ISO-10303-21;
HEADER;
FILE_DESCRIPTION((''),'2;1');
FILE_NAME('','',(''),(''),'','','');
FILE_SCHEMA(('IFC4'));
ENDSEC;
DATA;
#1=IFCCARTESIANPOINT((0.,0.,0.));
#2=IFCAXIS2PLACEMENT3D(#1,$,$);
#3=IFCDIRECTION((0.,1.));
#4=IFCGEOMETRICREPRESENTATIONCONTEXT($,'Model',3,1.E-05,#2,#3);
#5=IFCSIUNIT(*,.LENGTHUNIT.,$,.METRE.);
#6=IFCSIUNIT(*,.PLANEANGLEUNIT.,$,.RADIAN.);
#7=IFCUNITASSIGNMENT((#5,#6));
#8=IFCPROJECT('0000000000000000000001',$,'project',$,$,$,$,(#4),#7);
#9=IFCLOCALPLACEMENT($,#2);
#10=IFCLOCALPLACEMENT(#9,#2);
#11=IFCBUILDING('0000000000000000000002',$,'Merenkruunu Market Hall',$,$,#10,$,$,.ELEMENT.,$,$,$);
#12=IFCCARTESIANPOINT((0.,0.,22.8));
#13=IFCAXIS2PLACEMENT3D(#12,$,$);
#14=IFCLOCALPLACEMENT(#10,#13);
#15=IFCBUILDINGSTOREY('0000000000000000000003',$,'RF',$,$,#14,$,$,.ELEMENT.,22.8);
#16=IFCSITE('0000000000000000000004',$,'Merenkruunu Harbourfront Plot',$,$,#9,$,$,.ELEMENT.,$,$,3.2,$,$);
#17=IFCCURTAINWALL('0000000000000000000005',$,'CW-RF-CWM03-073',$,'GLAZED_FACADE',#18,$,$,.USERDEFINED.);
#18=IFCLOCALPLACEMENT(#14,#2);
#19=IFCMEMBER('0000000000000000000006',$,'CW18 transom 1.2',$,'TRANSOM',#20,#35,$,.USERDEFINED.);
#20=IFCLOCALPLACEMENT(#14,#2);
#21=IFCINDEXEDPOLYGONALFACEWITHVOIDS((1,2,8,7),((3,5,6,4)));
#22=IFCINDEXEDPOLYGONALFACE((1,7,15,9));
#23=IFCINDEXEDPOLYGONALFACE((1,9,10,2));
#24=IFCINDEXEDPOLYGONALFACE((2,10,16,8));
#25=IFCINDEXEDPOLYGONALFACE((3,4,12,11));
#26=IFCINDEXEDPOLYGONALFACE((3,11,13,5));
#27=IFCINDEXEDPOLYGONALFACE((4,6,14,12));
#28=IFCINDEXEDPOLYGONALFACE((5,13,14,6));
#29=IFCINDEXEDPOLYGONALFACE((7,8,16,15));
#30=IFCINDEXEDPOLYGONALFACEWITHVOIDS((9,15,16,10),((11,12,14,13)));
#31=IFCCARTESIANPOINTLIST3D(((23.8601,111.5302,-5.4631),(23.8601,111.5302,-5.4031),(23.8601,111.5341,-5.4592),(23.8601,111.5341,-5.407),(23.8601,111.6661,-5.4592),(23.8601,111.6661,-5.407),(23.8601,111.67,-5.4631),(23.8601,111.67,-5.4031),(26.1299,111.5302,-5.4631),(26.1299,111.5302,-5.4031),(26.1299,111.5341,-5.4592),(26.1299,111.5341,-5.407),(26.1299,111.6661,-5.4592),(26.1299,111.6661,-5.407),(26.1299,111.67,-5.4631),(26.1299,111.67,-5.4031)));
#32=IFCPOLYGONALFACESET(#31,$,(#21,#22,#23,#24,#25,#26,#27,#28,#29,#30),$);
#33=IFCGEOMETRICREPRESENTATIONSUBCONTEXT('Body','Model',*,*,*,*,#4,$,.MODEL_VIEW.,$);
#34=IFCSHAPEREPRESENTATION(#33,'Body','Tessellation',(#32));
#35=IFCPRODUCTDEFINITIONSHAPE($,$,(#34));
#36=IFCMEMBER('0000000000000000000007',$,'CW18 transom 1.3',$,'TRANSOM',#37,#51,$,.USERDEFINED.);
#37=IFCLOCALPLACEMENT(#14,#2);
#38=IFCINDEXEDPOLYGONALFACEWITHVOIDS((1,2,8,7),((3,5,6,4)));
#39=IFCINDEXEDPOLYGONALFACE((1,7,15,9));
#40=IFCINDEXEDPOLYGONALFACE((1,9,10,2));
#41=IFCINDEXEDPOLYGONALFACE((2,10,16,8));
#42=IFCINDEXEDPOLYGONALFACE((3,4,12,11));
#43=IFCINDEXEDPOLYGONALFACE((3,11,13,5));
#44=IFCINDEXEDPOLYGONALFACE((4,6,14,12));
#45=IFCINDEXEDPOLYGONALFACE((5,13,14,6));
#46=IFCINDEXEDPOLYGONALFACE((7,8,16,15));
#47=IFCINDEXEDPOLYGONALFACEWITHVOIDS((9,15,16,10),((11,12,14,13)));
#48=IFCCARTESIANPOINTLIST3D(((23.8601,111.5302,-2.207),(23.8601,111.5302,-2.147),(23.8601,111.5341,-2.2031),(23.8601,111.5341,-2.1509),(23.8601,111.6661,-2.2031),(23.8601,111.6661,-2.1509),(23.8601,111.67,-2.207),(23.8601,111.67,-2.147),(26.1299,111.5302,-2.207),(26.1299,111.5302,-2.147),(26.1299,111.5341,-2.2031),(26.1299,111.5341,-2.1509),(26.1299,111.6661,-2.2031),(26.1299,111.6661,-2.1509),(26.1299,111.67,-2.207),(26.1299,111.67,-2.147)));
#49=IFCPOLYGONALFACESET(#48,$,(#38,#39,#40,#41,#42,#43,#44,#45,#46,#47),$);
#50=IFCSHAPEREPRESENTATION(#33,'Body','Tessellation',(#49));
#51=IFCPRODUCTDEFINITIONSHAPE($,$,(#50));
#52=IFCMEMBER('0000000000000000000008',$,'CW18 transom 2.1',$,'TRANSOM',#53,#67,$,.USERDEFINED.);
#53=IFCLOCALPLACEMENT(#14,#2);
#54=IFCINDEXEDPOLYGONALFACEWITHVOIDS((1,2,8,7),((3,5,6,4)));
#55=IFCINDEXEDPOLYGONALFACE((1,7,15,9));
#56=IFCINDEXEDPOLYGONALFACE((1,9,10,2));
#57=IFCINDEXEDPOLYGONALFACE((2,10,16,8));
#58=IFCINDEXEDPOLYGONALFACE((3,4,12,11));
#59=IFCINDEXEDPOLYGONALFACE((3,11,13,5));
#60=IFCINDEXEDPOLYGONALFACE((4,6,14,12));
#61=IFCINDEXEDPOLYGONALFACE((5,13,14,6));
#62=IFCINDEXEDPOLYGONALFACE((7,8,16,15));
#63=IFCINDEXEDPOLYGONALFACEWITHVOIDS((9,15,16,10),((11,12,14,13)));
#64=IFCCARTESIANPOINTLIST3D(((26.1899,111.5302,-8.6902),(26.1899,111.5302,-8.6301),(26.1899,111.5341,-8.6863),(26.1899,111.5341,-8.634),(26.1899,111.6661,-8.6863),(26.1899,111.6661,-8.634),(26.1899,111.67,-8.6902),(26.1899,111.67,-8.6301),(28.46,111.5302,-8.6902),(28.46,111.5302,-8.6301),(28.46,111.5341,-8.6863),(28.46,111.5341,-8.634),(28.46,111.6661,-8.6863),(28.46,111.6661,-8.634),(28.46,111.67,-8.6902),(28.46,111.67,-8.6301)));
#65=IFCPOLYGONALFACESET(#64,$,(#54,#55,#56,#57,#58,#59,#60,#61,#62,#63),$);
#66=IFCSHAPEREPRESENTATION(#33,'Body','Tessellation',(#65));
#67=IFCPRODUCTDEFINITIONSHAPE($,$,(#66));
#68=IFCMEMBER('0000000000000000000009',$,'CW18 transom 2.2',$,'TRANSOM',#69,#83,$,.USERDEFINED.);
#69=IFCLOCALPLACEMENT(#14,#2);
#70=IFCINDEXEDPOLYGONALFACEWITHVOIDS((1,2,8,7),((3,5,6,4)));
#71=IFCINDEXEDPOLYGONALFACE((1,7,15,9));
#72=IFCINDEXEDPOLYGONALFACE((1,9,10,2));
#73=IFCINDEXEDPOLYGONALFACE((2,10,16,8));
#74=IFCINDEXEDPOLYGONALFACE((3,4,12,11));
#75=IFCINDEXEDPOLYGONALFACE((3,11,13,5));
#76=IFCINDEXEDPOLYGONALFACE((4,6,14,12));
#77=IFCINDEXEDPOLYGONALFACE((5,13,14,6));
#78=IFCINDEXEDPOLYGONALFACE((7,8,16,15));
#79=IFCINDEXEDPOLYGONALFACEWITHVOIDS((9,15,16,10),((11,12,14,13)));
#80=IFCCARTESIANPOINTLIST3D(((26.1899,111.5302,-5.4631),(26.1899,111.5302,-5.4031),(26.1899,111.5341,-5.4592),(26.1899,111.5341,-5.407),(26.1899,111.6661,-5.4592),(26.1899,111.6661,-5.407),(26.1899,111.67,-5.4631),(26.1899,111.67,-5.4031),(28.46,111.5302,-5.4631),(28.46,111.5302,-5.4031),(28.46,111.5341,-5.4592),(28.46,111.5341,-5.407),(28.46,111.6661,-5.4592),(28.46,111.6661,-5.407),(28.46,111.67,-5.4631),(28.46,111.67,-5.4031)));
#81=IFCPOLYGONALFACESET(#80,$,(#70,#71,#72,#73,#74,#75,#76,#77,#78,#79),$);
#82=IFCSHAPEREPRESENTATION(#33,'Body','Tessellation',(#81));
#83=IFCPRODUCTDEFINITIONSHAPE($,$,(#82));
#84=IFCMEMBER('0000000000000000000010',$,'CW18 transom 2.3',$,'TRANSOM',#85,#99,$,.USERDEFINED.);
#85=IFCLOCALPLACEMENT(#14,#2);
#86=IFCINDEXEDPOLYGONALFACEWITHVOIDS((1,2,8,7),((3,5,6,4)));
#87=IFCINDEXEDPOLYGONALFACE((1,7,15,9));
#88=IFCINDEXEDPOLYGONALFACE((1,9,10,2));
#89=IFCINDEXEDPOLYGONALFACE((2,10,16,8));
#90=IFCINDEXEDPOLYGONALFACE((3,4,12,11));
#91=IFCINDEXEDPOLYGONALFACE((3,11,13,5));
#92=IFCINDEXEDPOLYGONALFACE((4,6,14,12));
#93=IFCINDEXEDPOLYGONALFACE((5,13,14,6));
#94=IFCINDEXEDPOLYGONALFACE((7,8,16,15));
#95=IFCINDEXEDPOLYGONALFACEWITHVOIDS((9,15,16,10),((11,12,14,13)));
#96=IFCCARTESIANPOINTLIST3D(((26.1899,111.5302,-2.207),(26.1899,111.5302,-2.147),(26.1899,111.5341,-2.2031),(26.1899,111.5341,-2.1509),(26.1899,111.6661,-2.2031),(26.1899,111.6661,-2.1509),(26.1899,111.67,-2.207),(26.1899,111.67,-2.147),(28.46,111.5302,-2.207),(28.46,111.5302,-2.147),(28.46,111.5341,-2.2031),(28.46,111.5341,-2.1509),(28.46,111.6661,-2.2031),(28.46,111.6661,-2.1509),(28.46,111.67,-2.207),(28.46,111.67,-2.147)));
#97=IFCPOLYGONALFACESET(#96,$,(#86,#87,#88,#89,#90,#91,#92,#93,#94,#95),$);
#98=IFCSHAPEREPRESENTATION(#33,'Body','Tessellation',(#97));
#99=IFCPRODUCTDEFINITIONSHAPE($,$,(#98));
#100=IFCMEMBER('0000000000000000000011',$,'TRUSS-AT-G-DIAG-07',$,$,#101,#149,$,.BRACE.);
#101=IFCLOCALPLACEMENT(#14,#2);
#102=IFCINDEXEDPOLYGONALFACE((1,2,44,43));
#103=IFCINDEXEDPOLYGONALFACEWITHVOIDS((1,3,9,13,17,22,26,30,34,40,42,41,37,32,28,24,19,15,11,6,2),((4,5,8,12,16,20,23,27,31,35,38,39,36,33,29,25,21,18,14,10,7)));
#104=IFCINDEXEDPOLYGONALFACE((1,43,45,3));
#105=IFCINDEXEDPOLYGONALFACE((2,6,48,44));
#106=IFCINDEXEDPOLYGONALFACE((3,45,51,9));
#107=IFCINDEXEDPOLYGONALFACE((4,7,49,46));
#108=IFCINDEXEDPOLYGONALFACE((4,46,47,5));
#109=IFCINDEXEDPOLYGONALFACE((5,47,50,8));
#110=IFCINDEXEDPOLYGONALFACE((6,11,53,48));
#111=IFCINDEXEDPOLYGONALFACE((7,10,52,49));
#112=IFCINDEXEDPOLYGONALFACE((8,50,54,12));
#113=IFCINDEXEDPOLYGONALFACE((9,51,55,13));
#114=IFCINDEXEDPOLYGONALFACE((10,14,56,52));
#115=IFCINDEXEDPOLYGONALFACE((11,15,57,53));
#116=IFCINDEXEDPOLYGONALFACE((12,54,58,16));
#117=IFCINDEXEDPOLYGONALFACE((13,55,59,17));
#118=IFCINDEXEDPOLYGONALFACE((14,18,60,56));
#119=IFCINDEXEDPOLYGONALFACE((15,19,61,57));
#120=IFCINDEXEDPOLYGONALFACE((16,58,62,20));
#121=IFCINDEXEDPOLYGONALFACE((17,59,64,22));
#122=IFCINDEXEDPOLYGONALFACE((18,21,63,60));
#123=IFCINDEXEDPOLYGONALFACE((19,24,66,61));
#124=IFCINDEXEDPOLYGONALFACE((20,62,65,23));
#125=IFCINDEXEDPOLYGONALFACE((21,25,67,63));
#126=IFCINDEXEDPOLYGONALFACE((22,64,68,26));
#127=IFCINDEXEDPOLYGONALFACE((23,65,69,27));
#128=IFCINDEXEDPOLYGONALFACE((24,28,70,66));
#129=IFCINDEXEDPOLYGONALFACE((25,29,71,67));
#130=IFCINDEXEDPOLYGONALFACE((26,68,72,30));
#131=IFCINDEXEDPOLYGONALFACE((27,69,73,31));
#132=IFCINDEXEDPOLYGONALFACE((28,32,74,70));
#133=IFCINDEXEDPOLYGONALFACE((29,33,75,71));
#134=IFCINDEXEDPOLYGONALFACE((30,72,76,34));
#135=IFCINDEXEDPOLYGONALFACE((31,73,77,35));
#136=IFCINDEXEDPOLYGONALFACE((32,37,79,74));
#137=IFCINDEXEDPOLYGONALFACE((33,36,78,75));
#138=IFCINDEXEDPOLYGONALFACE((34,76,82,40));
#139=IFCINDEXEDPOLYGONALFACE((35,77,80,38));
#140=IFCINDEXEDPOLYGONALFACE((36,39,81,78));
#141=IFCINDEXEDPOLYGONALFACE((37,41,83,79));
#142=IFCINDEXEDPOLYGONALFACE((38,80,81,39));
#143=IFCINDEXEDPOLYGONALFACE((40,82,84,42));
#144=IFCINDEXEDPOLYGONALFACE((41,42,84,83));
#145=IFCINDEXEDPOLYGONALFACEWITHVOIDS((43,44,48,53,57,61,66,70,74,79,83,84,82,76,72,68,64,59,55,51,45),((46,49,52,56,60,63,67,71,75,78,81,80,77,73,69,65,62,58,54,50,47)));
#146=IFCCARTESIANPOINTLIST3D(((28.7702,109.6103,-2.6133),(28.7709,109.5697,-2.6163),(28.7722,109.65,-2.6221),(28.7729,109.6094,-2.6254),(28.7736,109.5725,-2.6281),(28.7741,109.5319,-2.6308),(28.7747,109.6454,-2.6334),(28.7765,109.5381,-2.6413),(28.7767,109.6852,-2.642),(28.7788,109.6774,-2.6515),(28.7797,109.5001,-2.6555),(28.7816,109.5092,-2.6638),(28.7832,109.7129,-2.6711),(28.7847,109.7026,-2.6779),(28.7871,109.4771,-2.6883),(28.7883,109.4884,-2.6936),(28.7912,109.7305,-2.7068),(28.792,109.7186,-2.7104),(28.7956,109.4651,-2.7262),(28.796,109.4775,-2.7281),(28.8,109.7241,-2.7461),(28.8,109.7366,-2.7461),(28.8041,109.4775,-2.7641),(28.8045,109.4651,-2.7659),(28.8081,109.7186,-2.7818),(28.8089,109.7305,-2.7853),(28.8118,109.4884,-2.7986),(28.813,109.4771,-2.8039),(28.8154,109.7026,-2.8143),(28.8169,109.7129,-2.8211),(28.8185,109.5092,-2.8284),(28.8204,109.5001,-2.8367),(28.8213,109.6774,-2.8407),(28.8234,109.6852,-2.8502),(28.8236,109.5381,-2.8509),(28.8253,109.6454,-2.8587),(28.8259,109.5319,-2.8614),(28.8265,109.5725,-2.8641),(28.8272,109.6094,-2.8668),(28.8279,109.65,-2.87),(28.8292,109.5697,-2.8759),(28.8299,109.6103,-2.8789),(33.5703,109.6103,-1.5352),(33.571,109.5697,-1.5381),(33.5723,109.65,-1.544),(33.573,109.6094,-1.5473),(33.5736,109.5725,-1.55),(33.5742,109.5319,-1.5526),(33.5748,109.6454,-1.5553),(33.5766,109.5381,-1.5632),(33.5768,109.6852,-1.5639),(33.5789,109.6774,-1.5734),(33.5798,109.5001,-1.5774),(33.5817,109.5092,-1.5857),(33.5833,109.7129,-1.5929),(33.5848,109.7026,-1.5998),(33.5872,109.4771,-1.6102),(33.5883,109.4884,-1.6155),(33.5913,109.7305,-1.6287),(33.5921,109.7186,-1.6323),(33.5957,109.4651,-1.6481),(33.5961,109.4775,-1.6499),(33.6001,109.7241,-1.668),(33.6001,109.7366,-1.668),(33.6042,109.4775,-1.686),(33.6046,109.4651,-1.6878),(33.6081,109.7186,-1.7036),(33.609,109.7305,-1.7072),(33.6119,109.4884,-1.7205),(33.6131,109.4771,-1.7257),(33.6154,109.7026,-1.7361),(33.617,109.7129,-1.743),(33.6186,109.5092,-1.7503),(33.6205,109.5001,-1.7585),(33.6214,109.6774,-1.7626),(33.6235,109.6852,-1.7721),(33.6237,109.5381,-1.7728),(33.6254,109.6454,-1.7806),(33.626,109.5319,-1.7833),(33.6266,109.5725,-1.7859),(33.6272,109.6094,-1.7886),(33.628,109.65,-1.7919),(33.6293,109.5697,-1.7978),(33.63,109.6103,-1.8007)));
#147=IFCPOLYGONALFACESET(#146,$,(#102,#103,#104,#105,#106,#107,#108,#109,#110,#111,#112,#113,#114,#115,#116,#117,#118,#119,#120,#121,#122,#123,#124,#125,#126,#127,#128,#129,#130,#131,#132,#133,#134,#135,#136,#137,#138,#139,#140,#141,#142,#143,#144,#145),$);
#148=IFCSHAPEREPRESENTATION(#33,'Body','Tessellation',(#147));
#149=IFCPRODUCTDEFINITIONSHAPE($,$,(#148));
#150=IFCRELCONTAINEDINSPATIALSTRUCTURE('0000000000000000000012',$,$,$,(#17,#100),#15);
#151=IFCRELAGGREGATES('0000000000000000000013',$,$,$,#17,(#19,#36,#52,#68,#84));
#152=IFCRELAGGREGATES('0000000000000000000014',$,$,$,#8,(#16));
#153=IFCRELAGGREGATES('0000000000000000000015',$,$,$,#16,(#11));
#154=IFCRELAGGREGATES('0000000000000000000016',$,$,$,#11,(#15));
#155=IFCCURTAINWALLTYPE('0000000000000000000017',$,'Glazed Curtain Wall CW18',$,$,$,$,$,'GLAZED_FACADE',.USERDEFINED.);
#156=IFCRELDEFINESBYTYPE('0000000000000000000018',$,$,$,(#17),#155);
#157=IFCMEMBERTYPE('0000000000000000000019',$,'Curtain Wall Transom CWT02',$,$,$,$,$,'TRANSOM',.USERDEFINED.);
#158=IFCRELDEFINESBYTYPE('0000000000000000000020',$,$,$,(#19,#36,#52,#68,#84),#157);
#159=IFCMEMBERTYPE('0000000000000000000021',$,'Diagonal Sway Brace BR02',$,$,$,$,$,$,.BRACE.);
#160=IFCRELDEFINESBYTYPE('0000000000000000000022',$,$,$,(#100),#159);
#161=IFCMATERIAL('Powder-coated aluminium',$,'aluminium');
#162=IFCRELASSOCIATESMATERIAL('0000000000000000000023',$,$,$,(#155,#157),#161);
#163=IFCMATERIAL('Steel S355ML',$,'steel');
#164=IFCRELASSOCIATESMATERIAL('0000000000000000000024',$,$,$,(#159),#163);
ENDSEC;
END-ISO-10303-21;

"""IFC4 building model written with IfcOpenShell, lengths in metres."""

from ifc_helpers import new_model, si_unit, direction, frame, origin, origin_2d, place, context, subcontext, project, spatial, hollow_rectangle, hollow_circle, extrude, material, material_profile, profile_set, type_object, element, aggregate, save


model = new_model("IFC4")

# Units and contexts
model_context = context("Model", 3, precision=1e-05, world=origin(), true_north=direction((0.0, 1.0)))
body_context = subcontext(model_context, "Body", "Model", "MODEL_VIEW")
ifc_project = project(units=[si_unit("LENGTHUNIT", "METRE"), si_unit("PLANEANGLEUNIT", "RADIAN")], contexts=[model_context])

# Site, building, storey
site_placement = place(None, origin())
site = spatial("IfcSite", under=ifc_project, at=site_placement, Name="Merenkruunu Harbourfront Plot", CompositionType="ELEMENT", RefElevation=3.2)
building_placement = place(site_placement, origin())
building = spatial("IfcBuilding", under=site, at=building_placement, Name="Merenkruunu Market Hall", CompositionType="ELEMENT")
storey_placement = place(building_placement, frame((0.0, 0.0, 22.8)))
storey = spatial("IfcBuildingStorey", under=building, at=storey_placement, Name="RF", CompositionType="ELEMENT", Elevation=22.8)

# Shared definitions
ifc_material_1 = material(Name="Steel S355ML", Category="steel")

# Shared definitions
ifc_material_2 = material(Name="Powder-coated aluminium", Category="aluminium")
curtain_wall_type = type_object("IfcCurtainWallType", Name="Glazed Curtain Wall CW18", ElementType="GLAZED_FACADE", PredefinedType="USERDEFINED", material=ifc_material_2)

# Curtain wall, members
curtain_wall_1_placement = place(storey_placement, origin())
curtain_wall_1 = element("IfcCurtainWall", 1, at=curtain_wall_1_placement, inside=storey, type_object=curtain_wall_type, Name="CW-RF-CWM03-073", ObjectType="GLAZED_FACADE", PredefinedType="USERDEFINED")
ifc_material_profile_1 = material_profile(ifc_material_2, hollow_rectangle(XDim=0.0601, YDim=0.1399, WallThickness=0.0039, at=origin_2d()), Name="ALU 60x140x4")
ifc_profile_set_1 = profile_set([ifc_material_profile_1], Name="Powder-coated aluminium")
member_type_1 = type_object("IfcMemberType", Name="Curtain Wall Transom CWT02", ElementType="TRANSOM", PredefinedType="USERDEFINED", material=ifc_profile_set_1)
member_1_placement = place(storey_placement, frame((23.8601, 111.6001, -5.4331), z_axis=(1.0, 0.0, 0.0), x_axis=(0.0, 0.0, 1.0)))
member_1 = element("IfcMember", 2, at=member_1_placement, type_object=member_type_1, Name="CW18 transom 1.2", ObjectType="TRANSOM", PredefinedType="USERDEFINED", context=body_context, shape_type="SweptSolid", body=[
    extrude(hollow_rectangle(XDim=0.0601, YDim=0.1399, WallThickness=0.0039, at=origin_2d()), origin(), (0.0, 0.0, 1.0), 2.2698),
])
member_2_placement = place(storey_placement, frame((23.8601, 111.6001, -2.177), z_axis=(1.0, 0.0, 0.0), x_axis=(0.0, 0.0, 1.0)))
member_2 = element("IfcMember", 3, at=member_2_placement, type_object=member_type_1, Name="CW18 transom 1.3", ObjectType="TRANSOM", PredefinedType="USERDEFINED", context=body_context, shape_type="SweptSolid", body=[
    extrude(hollow_rectangle(XDim=0.0601, YDim=0.1399, WallThickness=0.0039, at=origin_2d()), origin(), (0.0, 0.0, 1.0), 2.2698),
])
member_3_placement = place(storey_placement, frame((26.1899, 111.6001, -8.6602), z_axis=(1.0, 0.0, 0.0), x_axis=(0.0, 0.0, 1.0)))
member_3 = element("IfcMember", 4, at=member_3_placement, type_object=member_type_1, Name="CW18 transom 2.1", ObjectType="TRANSOM", PredefinedType="USERDEFINED", context=body_context, shape_type="SweptSolid", body=[
    extrude(hollow_rectangle(XDim=0.0601, YDim=0.1399, WallThickness=0.0039, at=origin_2d()), origin(), (0.0, 0.0, 1.0), 2.27),
])
member_4_placement = place(storey_placement, frame((26.1899, 111.6001, -5.4331), z_axis=(1.0, 0.0, 0.0), x_axis=(0.0, 0.0, 1.0)))
member_4 = element("IfcMember", 5, at=member_4_placement, type_object=member_type_1, Name="CW18 transom 2.2", ObjectType="TRANSOM", PredefinedType="USERDEFINED", context=body_context, shape_type="SweptSolid", body=[
    extrude(hollow_rectangle(XDim=0.0601, YDim=0.1399, WallThickness=0.0039, at=origin_2d()), origin(), (0.0, 0.0, 1.0), 2.27),
])
member_5_placement = place(storey_placement, frame((26.1899, 111.6001, -2.177), z_axis=(1.0, 0.0, 0.0), x_axis=(0.0, 0.0, 1.0)))
member_5 = element("IfcMember", 6, at=member_5_placement, type_object=member_type_1, Name="CW18 transom 2.3", ObjectType="TRANSOM", PredefinedType="USERDEFINED", context=body_context, shape_type="SweptSolid", body=[
    extrude(hollow_rectangle(XDim=0.0601, YDim=0.1399, WallThickness=0.0039, at=origin_2d()), origin(), (0.0, 0.0, 1.0), 2.27),
])

# Member
ifc_material_profile_2 = material_profile(ifc_material_1, hollow_circle(Radius=0.1365, WallThickness=0.0125, at=origin_2d()), Name="CHS 273x12.5")
ifc_profile_set_2 = profile_set([ifc_material_profile_2], Name="Steel S355ML")
member_type_2 = type_object("IfcMemberType", Name="Diagonal Sway Brace BR02", PredefinedType="BRACE", material=ifc_profile_set_2)
member_6_placement = place(storey_placement, frame((28.8, 109.6001, -2.7461), z_axis=(0.975692, 0.0, 0.219147), x_axis=(0.0, 1.0, 0.0)))
element("IfcMember", 7, at=member_6_placement, inside=storey, type_object=member_type_2, Name="TRUSS-AT-G-DIAG-07", PredefinedType="BRACE", context=body_context, shape_type="SweptSolid", body=[
    extrude(hollow_circle(Radius=0.1365, WallThickness=0.0125, at=origin_2d()), origin(), (0.0, 0.0, 1.0), 4.9197),
])

aggregate(curtain_wall_1, [member_1, member_2, member_3, member_4, member_5])

save(model, "model.ifc")
